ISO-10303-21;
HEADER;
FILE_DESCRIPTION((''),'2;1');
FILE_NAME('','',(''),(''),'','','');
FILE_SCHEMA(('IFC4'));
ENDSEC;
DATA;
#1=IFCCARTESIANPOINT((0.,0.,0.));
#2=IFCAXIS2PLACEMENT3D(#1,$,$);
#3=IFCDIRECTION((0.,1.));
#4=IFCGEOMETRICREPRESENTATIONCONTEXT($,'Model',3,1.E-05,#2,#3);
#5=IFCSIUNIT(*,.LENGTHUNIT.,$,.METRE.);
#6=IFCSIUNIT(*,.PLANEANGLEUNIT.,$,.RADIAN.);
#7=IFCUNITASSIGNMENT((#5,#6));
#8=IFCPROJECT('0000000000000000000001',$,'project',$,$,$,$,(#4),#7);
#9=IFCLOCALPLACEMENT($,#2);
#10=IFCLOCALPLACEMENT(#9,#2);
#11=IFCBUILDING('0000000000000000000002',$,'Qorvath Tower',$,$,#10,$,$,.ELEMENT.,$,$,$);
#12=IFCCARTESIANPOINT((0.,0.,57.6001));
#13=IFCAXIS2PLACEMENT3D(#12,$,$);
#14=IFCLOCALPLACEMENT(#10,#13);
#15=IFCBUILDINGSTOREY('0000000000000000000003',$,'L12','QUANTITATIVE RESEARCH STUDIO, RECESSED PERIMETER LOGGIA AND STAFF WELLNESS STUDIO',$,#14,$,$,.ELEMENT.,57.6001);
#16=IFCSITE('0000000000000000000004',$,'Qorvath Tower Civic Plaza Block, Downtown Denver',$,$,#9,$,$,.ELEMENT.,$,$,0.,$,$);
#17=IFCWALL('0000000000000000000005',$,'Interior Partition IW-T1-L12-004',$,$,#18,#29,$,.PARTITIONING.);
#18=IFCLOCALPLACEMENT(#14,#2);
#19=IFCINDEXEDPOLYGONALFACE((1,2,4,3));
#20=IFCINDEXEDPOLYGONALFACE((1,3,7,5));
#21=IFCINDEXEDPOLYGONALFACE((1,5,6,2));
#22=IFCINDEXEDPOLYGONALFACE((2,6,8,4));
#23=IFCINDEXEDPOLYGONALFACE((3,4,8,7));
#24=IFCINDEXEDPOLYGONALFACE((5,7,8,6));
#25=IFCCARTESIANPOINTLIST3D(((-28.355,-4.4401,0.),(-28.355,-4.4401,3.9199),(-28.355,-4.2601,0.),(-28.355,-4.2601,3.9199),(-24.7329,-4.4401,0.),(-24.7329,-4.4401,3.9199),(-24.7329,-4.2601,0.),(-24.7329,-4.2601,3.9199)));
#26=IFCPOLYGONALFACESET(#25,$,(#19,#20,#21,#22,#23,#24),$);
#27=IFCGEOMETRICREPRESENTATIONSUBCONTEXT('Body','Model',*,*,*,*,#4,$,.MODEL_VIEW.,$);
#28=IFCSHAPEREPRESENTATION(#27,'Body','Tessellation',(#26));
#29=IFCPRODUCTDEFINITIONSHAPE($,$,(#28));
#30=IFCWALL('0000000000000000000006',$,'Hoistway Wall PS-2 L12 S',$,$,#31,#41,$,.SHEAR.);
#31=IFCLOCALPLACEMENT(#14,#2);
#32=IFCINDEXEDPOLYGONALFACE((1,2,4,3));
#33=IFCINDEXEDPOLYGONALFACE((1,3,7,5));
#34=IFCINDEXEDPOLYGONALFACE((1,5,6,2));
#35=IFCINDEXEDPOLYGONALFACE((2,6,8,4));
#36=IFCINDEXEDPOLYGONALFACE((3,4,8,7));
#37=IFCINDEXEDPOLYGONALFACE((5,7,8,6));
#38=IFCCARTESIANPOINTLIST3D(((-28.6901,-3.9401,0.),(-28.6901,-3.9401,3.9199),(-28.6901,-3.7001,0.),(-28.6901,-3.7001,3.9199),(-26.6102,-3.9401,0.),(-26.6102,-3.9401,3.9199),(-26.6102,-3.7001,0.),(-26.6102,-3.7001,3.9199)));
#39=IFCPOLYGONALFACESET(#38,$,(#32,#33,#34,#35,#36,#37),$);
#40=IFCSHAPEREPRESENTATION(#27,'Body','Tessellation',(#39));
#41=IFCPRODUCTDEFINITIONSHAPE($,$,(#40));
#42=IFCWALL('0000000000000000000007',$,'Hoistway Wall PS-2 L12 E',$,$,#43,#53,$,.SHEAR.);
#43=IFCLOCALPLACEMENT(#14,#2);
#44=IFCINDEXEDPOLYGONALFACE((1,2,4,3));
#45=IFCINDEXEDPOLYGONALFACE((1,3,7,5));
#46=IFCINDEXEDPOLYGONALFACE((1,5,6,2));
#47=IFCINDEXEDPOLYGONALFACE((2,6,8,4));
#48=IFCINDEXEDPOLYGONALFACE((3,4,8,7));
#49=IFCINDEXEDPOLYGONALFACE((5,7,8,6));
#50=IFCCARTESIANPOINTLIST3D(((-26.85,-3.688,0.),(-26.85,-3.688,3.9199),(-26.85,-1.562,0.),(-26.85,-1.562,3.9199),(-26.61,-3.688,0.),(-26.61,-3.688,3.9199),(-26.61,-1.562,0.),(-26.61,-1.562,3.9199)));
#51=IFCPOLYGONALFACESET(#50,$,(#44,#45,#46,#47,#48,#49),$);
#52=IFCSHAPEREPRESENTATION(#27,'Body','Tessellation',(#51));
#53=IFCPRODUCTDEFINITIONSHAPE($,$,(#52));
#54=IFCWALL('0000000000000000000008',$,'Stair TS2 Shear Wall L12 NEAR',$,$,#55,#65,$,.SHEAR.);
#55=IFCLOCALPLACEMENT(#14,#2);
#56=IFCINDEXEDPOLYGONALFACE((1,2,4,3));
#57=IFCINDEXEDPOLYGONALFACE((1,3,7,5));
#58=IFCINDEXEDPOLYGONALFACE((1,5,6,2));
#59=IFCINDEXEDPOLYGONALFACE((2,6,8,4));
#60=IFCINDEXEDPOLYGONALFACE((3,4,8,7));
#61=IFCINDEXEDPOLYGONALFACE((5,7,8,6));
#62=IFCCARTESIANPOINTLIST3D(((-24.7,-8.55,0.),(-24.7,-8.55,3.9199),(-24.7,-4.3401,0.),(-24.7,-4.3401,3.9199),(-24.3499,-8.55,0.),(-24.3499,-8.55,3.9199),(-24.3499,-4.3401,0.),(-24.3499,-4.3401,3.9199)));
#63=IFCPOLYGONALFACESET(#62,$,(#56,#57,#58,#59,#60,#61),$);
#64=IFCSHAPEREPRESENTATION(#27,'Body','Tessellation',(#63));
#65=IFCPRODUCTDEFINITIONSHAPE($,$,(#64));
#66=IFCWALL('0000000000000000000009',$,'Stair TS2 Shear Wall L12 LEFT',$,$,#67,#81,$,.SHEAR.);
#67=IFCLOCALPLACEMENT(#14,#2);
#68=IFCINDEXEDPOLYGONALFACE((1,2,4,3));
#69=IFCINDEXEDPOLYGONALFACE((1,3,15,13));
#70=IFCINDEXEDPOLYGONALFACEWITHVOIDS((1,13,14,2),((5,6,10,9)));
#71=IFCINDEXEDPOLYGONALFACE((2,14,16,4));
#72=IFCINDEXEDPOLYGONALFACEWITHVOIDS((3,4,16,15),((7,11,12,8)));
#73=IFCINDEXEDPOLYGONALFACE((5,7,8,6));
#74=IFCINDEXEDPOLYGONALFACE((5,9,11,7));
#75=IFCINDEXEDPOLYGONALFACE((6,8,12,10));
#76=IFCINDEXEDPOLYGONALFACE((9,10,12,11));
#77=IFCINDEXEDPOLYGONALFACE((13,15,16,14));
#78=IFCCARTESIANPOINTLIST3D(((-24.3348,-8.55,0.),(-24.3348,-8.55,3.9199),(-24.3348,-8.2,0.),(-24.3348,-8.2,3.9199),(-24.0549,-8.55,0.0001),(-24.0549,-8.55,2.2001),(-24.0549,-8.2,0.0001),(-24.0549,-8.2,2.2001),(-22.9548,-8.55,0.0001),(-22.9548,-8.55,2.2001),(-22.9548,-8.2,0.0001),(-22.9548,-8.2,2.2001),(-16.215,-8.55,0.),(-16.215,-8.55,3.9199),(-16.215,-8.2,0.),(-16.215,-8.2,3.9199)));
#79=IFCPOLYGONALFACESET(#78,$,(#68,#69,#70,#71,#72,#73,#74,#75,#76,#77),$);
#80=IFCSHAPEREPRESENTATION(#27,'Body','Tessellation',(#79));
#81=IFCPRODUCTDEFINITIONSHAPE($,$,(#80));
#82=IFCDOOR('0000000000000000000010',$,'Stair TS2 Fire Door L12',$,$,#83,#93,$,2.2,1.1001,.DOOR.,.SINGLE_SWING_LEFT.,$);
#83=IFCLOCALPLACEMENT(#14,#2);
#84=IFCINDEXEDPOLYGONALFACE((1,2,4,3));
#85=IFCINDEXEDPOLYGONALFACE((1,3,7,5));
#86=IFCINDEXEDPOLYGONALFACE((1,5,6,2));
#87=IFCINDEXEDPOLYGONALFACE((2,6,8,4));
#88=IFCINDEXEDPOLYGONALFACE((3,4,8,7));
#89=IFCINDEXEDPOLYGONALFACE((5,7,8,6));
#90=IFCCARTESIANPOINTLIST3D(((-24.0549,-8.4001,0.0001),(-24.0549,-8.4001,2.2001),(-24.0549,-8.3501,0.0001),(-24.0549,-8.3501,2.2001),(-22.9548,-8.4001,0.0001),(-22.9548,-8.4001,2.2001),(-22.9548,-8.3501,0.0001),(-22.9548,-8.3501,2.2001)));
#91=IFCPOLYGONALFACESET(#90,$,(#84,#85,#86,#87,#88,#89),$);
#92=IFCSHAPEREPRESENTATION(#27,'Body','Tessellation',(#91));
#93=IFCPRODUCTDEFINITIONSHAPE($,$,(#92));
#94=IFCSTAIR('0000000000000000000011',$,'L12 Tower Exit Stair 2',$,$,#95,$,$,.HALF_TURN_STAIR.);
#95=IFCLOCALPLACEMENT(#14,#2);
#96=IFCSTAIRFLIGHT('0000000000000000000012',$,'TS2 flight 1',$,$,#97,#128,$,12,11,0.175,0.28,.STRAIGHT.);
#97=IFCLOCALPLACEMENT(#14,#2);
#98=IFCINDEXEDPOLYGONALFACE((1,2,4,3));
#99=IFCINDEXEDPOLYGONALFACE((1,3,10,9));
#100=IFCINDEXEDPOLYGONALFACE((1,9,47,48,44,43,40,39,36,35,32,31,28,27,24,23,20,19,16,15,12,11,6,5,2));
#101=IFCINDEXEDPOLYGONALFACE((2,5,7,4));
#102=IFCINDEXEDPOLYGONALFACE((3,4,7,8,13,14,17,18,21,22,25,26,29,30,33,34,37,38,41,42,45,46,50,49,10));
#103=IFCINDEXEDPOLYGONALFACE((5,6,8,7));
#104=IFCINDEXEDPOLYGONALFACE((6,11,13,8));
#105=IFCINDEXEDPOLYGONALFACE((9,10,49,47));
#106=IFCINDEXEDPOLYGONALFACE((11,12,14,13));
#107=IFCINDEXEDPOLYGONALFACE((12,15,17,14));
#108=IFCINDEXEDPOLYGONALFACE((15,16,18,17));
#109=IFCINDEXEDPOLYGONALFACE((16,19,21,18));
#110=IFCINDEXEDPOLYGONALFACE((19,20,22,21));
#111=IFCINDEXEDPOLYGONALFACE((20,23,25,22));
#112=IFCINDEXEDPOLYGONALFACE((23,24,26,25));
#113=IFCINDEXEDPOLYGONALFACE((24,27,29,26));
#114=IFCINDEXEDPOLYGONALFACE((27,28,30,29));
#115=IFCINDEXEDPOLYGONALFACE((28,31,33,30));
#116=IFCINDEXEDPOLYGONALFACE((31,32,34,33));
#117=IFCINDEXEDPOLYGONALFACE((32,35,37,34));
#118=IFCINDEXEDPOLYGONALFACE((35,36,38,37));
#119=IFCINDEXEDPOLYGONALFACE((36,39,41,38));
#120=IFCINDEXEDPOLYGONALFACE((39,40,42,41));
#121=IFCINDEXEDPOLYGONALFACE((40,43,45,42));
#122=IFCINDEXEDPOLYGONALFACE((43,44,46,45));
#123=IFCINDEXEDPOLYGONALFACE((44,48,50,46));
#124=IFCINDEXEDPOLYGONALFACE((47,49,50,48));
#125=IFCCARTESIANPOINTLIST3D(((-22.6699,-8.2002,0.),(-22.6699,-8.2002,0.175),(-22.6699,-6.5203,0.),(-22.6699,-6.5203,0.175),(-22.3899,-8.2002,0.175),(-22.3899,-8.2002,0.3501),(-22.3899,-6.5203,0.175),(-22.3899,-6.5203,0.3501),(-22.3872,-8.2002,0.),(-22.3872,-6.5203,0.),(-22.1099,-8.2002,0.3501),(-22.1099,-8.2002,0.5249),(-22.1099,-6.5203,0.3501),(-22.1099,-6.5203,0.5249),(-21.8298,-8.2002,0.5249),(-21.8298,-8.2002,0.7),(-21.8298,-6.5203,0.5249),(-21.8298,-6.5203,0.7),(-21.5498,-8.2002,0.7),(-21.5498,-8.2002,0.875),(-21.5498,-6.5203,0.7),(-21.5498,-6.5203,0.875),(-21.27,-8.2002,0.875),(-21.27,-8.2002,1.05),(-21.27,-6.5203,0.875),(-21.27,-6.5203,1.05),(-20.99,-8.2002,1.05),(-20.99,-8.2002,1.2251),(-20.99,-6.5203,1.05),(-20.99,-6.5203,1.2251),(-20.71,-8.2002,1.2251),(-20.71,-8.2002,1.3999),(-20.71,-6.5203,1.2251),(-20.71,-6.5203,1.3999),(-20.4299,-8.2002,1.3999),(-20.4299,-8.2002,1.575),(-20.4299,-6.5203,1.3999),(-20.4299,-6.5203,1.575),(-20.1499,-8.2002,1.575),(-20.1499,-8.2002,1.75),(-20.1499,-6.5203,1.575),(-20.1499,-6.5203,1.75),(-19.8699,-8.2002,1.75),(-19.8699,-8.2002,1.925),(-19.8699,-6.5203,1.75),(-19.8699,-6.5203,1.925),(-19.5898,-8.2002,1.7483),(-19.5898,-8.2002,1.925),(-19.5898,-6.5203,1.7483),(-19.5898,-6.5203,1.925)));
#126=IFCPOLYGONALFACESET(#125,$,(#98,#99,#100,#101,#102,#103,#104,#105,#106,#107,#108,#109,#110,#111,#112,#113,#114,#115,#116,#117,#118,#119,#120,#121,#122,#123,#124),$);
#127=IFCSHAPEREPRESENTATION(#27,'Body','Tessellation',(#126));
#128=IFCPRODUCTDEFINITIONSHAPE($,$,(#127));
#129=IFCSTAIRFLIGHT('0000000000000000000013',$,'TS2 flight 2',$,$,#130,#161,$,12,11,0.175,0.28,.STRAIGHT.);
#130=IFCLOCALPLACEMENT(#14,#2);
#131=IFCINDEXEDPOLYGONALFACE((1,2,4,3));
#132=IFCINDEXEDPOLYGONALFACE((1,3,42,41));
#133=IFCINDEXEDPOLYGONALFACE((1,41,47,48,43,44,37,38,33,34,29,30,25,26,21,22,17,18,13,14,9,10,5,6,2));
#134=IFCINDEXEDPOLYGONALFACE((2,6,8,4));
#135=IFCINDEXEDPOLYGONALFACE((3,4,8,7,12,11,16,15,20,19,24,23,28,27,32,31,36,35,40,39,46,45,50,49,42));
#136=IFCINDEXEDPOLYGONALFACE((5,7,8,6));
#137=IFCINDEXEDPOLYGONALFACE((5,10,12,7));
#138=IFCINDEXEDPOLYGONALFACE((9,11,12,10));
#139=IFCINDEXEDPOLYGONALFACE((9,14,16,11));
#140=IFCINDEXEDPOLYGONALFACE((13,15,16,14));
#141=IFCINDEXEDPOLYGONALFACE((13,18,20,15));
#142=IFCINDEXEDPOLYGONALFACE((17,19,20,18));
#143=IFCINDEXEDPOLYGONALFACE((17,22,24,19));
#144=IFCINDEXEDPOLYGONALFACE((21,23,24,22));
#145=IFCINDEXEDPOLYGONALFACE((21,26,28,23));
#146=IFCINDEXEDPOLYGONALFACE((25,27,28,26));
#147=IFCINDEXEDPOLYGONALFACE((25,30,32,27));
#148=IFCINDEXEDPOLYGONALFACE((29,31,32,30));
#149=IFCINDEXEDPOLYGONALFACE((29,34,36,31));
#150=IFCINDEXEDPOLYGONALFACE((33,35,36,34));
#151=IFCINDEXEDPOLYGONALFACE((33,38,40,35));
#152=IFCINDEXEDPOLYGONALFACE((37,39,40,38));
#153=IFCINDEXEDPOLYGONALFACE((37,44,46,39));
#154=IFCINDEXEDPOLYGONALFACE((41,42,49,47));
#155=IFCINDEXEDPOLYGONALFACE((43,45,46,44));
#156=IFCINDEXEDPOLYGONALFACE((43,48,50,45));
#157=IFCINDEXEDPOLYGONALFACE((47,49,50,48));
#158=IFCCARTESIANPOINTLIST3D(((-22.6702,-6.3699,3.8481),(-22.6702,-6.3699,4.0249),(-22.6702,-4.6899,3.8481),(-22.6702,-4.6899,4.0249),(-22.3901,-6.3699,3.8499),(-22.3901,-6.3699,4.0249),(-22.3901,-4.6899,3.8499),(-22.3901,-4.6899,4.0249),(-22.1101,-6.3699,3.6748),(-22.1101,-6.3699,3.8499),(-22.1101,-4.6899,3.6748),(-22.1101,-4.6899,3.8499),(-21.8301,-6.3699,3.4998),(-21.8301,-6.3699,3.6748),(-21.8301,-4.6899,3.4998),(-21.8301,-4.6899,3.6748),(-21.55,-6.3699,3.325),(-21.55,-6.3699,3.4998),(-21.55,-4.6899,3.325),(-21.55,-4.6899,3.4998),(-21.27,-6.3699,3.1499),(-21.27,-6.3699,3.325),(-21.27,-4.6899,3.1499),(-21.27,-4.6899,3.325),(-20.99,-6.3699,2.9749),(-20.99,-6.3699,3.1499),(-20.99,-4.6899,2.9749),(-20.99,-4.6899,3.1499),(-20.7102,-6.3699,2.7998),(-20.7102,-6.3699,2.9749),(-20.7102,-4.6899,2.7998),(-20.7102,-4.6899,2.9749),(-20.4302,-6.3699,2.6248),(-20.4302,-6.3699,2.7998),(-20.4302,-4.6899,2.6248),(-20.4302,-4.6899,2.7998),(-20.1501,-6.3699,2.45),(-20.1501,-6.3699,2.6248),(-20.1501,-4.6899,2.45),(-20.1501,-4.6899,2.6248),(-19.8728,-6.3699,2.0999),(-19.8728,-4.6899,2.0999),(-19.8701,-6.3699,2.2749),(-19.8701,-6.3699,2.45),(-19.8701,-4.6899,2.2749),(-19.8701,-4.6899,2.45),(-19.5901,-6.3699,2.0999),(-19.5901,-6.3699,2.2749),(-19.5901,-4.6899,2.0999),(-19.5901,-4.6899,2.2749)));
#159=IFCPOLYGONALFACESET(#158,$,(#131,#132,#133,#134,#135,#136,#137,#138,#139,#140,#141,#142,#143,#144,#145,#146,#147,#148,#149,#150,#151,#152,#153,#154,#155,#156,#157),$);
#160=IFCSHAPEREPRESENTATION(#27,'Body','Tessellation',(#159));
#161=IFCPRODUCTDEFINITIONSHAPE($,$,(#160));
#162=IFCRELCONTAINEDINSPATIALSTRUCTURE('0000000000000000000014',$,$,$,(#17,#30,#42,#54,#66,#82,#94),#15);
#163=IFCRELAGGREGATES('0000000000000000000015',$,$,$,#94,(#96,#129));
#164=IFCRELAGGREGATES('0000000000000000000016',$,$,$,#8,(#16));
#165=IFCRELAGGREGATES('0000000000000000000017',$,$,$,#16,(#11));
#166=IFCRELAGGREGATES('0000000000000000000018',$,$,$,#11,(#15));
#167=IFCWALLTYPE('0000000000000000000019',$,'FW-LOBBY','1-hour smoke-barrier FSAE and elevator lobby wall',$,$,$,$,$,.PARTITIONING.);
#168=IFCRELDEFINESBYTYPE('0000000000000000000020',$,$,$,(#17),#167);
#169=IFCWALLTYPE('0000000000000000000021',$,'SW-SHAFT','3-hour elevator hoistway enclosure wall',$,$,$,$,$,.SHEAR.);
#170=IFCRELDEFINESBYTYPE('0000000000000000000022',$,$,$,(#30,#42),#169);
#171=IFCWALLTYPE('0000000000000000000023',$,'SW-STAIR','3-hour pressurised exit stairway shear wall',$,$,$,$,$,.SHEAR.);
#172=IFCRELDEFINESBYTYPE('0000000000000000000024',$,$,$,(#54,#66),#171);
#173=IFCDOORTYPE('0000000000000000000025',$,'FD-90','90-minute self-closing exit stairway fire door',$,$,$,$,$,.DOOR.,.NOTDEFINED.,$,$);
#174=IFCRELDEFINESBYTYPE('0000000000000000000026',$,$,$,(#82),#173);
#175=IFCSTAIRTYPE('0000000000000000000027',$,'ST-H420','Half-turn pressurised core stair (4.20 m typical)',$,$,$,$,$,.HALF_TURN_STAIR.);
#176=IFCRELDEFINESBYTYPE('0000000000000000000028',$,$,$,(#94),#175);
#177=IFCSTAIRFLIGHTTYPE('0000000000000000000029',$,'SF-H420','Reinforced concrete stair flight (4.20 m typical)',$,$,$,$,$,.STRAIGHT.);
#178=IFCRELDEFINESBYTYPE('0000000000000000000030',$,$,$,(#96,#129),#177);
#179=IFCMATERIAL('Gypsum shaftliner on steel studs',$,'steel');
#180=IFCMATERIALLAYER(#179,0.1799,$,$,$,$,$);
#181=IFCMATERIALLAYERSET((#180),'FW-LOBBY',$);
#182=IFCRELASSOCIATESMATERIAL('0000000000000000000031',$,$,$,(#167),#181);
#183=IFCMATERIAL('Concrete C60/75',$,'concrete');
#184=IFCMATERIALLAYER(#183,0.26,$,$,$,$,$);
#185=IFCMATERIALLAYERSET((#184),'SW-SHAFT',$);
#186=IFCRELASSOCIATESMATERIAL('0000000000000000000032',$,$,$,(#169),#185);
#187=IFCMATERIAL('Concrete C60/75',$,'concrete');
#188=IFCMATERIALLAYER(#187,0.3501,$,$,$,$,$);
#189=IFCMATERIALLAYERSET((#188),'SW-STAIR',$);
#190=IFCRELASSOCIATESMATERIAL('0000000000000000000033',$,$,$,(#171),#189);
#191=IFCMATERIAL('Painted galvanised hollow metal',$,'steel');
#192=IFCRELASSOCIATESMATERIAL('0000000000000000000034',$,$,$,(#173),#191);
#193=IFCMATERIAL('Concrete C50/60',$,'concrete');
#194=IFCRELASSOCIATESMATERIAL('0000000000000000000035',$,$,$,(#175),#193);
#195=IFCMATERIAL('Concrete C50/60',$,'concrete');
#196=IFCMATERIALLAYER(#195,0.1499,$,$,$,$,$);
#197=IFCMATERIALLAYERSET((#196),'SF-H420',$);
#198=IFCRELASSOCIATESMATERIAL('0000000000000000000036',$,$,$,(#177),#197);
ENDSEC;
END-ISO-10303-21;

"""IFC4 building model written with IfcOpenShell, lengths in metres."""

from ifc_helpers import new_model, si_unit, direction, frame, frame_2d, origin, place, context, subcontext, project, spatial, polyline, rectangle, outline, extrude, material, layer, layer_set, type_object, element, fill, aggregate, save


model = new_model("IFC4")

# Units and contexts
model_context = context("Model", 3, precision=1e-05, world=origin(), true_north=direction((0.0, 1.0)))
body_context = subcontext(model_context, "Body", "Model", "MODEL_VIEW")
ifc_project = project(units=[si_unit("LENGTHUNIT", "METRE"), si_unit("PLANEANGLEUNIT", "RADIAN")], contexts=[model_context])

# Site, building, storey
site_placement = place(None, origin())
site = spatial("IfcSite", under=ifc_project, at=site_placement, Name="Qorvath Tower Civic Plaza Block, Downtown Denver", CompositionType="ELEMENT", RefElevation=0.0)
building_placement = place(site_placement, origin())
building = spatial("IfcBuilding", under=site, at=building_placement, Name="Qorvath Tower", CompositionType="ELEMENT")
storey_placement = place(building_placement, frame((0.0, 0.0, 57.6001)))
storey = spatial("IfcBuildingStorey", under=building, at=storey_placement, Name="L12", Description="QUANTITATIVE RESEARCH STUDIO, RECESSED PERIMETER LOGGIA AND STAFF WELLNESS STUDIO", CompositionType="ELEMENT", Elevation=57.6001)

# Walls
ifc_material_1 = material(Name="Gypsum shaftliner on steel studs", Category="steel")
ifc_layer_1 = layer(ifc_material_1, 0.1799)
ifc_layer_set_1 = layer_set([ifc_layer_1], Name="FW-LOBBY")
wall_type_1 = type_object("IfcWallType", Name="FW-LOBBY", Description="1-hour smoke-barrier FSAE and elevator lobby wall", PredefinedType="PARTITIONING", material=ifc_layer_set_1)
wall_1_placement = place(storey_placement, frame((-24.7329, -4.3501, 0.0), z_axis=(0.0, 0.0, 1.0), x_axis=(-1.0, 0.0, 0.0)))
element("IfcWall", 1, at=wall_1_placement, inside=storey, type_object=wall_type_1, Name="Interior Partition IW-T1-L12-004", PredefinedType="PARTITIONING", context=body_context, shape_type="SweptSolid", body=[
    extrude(rectangle(XDim=3.6221, YDim=0.1799, at=frame_2d((1.811, 0.0))), origin(), (0.0, 0.0, 1.0), 3.9199),
])
ifc_material_2 = material(Name="Concrete C60/75", Category="concrete")
ifc_layer_2 = layer(ifc_material_2, 0.26)
ifc_layer_set_2 = layer_set([ifc_layer_2], Name="SW-SHAFT")
wall_type_2 = type_object("IfcWallType", Name="SW-SHAFT", Description="3-hour elevator hoistway enclosure wall", PredefinedType="SHEAR", material=ifc_layer_set_2)
wall_2_placement = place(storey_placement, frame((-26.6101, -3.8201, 0.0), z_axis=(0.0, 0.0, 1.0), x_axis=(-1.0, 0.0, 0.0)))
element("IfcWall", 2, at=wall_2_placement, inside=storey, type_object=wall_type_2, Name="Hoistway Wall PS-2 L12 S", PredefinedType="SHEAR", context=body_context, shape_type="SweptSolid", body=[
    extrude(rectangle(XDim=2.0798, YDim=0.24, at=frame_2d((1.04, 0.0))), origin(), (0.0, 0.0, 1.0), 3.9199),
])
wall_3_placement = place(storey_placement, frame((-26.73, -1.562, 0.0), z_axis=(0.0, 0.0, 1.0), x_axis=(0.0, -1.0, 0.0)))
element("IfcWall", 3, at=wall_3_placement, inside=storey, type_object=wall_type_2, Name="Hoistway Wall PS-2 L12 E", PredefinedType="SHEAR", context=body_context, shape_type="SweptSolid", body=[
    extrude(rectangle(XDim=2.126, YDim=0.24, at=frame_2d((1.063, 0.0))), origin(), (0.0, 0.0, 1.0), 3.9199),
])
ifc_material_3 = material(Name="Concrete C60/75", Category="concrete")
ifc_layer_3 = layer(ifc_material_3, 0.3501)
ifc_layer_set_3 = layer_set([ifc_layer_3], Name="SW-STAIR")
wall_type_3 = type_object("IfcWallType", Name="SW-STAIR", Description="3-hour pressurised exit stairway shear wall", PredefinedType="SHEAR", material=ifc_layer_set_3)
wall_4_placement = place(storey_placement, frame((-24.5249, -4.3401, 0.0), z_axis=(0.0, 0.0, 1.0), x_axis=(0.0, -1.0, 0.0)))
element("IfcWall", 4, at=wall_4_placement, inside=storey, type_object=wall_type_3, Name="Stair TS2 Shear Wall L12 NEAR", PredefinedType="SHEAR", context=body_context, shape_type="SweptSolid", body=[
    extrude(rectangle(XDim=4.21, YDim=0.3501, at=frame_2d((2.105, 0.0))), origin(), (0.0, 0.0, 1.0), 3.9199),
])

# Wall, opening, door
wall_5_placement = place(storey_placement, frame((-24.335, -8.375, 0.0), z_axis=(0.0, 0.0, 1.0), x_axis=(1.0, 0.0, 0.0)))
wall_5 = element("IfcWall", 5, at=wall_5_placement, inside=storey, type_object=wall_type_3, Name="Stair TS2 Shear Wall L12 LEFT", PredefinedType="SHEAR", context=body_context, shape_type="SweptSolid", body=[
    extrude(rectangle(XDim=8.1199, YDim=0.3501, at=frame_2d((4.0601, 0.0))), origin(), (0.0, 0.0, 1.0), 3.9199),
])
opening_placement = place(wall_5_placement, frame((0.28, 0.0, 0.0)))
opening = element("IfcOpeningElement", 6, at=opening_placement, cuts=wall_5, PredefinedType="OPENING", context=body_context, shape_type="SweptSolid", body=[
    extrude(rectangle(XDim=1.1001, YDim=2.2, at=frame_2d((0.55, 1.1001))), frame((0.0, 0.1851, 0.0), z_axis=(0.0, -1.0, 0.0), x_axis=(1.0, 0.0, 0.0)), (0.0, 0.0, 1.0), 0.3701),
])
ifc_material_4 = material(Name="Painted galvanised hollow metal", Category="steel")
door_type = type_object("IfcDoorType", Name="FD-90", Description="90-minute self-closing exit stairway fire door", OperationType="NOTDEFINED", PredefinedType="DOOR", material=ifc_material_4)
door_placement = place(opening_placement, origin())
door = element("IfcDoor", 7, at=door_placement, inside=storey, type_object=door_type, Name="Stair TS2 Fire Door L12", OperationType="SINGLE_SWING_LEFT", OverallHeight=2.2, OverallWidth=1.1001, PredefinedType="DOOR", context=body_context, shape_type="SweptSolid", body=[
    extrude(rectangle(XDim=1.1001, YDim=2.2, at=frame_2d((0.55, 1.1001))), frame((0.0, 0.0249, 0.0), z_axis=(0.0, -1.0, 0.0), x_axis=(1.0, 0.0, 0.0)), (0.0, 0.0, 1.0), 0.05),
])
fill(opening, door)

# Stair, stair flights
ifc_material_5 = material(Name="Concrete C50/60", Category="concrete")
stair_type = type_object("IfcStairType", Name="ST-H420", Description="Half-turn pressurised core stair (4.20 m typical)", PredefinedType="HALF_TURN_STAIR", material=ifc_material_5)
stair_placement = place(storey_placement, origin())
stair = element("IfcStair", 8, at=stair_placement, inside=storey, type_object=stair_type, Name="L12 Tower Exit Stair 2", PredefinedType="HALF_TURN_STAIR")
ifc_material_6 = material(Name="Concrete C50/60", Category="concrete")
ifc_layer_4 = layer(ifc_material_6, 0.1499)
ifc_layer_set_4 = layer_set([ifc_layer_4], Name="SF-H420")
stair_flight_type = type_object("IfcStairFlightType", Name="SF-H420", Description="Reinforced concrete stair flight (4.20 m typical)", PredefinedType="STRAIGHT", material=ifc_layer_set_4)
stair_flight_1_placement = place(storey_placement, frame((-22.6699, -7.3601, 0.0), z_axis=(0.0, 0.0, 1.0), x_axis=(1.0, 0.0, 0.0)))
stair_flight_1 = element("IfcStairFlight", 9, at=stair_flight_1_placement, type_object=stair_flight_type, Name="TS2 flight 1", NumberOfRisers=12, NumberOfTreads=11, PredefinedType="STRAIGHT", RiserHeight=0.175, TreadLength=0.28, context=body_context, shape_type="SweptSolid", body=[
    extrude(outline(polyline([(0.0, 0.0), (0.0, 0.175), (0.28, 0.175), (0.28, 0.3501), (0.5601, 0.3501), (0.5601, 0.5249), (0.8401, 0.5249), (0.8401, 0.7), (1.1201, 0.7), (1.1201, 0.875), (1.3999, 0.875), (1.3999, 1.05), (1.6799, 1.05), (1.6799, 1.2251), (1.96, 1.2251), (1.96, 1.3999), (2.24, 1.3999), (2.24, 1.575), (2.52, 1.575), (2.52, 1.75), (2.8, 1.75), (2.8, 1.925), (3.0801, 1.925), (3.0801, 2.1001), (3.0801, 1.7483), (0.2827, 0.0), (0.0, 0.0)])), frame((0.0, 0.8398, 0.0), z_axis=(0.0, -1.0, 0.0), x_axis=(1.0, 0.0, 0.0)), (0.0, 0.0, 1.0), 1.6799),
])
stair_flight_2_placement = place(storey_placement, frame((-19.5901, -5.53, 2.0999), z_axis=(0.0, 0.0, 1.0), x_axis=(-1.0, 0.0, 0.0)))
stair_flight_2 = element("IfcStairFlight", 10, at=stair_flight_2_placement, type_object=stair_flight_type, Name="TS2 flight 2", NumberOfRisers=12, NumberOfTreads=11, PredefinedType="STRAIGHT", RiserHeight=0.175, TreadLength=0.28, context=body_context, shape_type="SweptSolid", body=[
    extrude(outline(polyline([(0.0, 0.0), (0.0, 0.175), (0.28, 0.175), (0.28, 0.3501), (0.5601, 0.3501), (0.5601, 0.5249), (0.8401, 0.5249), (0.8401, 0.7), (1.1201, 0.7), (1.1201, 0.875), (1.3999, 0.875), (1.3999, 1.05), (1.6799, 1.05), (1.6799, 1.2251), (1.96, 1.2251), (1.96, 1.3999), (2.24, 1.3999), (2.24, 1.575), (2.52, 1.575), (2.52, 1.75), (2.8, 1.75), (2.8, 1.925), (3.0801, 1.925), (3.0801, 2.1001), (3.0801, 1.7483), (0.2827, 0.0), (0.0, 0.0)])), frame((0.0, 0.8398, 0.0), z_axis=(0.0, -1.0, 0.0), x_axis=(1.0, 0.0, 0.0)), (0.0, 0.0, 1.0), 1.6799),
])
aggregate(stair, [stair_flight_1, stair_flight_2])

save(model, "model.ifc")
